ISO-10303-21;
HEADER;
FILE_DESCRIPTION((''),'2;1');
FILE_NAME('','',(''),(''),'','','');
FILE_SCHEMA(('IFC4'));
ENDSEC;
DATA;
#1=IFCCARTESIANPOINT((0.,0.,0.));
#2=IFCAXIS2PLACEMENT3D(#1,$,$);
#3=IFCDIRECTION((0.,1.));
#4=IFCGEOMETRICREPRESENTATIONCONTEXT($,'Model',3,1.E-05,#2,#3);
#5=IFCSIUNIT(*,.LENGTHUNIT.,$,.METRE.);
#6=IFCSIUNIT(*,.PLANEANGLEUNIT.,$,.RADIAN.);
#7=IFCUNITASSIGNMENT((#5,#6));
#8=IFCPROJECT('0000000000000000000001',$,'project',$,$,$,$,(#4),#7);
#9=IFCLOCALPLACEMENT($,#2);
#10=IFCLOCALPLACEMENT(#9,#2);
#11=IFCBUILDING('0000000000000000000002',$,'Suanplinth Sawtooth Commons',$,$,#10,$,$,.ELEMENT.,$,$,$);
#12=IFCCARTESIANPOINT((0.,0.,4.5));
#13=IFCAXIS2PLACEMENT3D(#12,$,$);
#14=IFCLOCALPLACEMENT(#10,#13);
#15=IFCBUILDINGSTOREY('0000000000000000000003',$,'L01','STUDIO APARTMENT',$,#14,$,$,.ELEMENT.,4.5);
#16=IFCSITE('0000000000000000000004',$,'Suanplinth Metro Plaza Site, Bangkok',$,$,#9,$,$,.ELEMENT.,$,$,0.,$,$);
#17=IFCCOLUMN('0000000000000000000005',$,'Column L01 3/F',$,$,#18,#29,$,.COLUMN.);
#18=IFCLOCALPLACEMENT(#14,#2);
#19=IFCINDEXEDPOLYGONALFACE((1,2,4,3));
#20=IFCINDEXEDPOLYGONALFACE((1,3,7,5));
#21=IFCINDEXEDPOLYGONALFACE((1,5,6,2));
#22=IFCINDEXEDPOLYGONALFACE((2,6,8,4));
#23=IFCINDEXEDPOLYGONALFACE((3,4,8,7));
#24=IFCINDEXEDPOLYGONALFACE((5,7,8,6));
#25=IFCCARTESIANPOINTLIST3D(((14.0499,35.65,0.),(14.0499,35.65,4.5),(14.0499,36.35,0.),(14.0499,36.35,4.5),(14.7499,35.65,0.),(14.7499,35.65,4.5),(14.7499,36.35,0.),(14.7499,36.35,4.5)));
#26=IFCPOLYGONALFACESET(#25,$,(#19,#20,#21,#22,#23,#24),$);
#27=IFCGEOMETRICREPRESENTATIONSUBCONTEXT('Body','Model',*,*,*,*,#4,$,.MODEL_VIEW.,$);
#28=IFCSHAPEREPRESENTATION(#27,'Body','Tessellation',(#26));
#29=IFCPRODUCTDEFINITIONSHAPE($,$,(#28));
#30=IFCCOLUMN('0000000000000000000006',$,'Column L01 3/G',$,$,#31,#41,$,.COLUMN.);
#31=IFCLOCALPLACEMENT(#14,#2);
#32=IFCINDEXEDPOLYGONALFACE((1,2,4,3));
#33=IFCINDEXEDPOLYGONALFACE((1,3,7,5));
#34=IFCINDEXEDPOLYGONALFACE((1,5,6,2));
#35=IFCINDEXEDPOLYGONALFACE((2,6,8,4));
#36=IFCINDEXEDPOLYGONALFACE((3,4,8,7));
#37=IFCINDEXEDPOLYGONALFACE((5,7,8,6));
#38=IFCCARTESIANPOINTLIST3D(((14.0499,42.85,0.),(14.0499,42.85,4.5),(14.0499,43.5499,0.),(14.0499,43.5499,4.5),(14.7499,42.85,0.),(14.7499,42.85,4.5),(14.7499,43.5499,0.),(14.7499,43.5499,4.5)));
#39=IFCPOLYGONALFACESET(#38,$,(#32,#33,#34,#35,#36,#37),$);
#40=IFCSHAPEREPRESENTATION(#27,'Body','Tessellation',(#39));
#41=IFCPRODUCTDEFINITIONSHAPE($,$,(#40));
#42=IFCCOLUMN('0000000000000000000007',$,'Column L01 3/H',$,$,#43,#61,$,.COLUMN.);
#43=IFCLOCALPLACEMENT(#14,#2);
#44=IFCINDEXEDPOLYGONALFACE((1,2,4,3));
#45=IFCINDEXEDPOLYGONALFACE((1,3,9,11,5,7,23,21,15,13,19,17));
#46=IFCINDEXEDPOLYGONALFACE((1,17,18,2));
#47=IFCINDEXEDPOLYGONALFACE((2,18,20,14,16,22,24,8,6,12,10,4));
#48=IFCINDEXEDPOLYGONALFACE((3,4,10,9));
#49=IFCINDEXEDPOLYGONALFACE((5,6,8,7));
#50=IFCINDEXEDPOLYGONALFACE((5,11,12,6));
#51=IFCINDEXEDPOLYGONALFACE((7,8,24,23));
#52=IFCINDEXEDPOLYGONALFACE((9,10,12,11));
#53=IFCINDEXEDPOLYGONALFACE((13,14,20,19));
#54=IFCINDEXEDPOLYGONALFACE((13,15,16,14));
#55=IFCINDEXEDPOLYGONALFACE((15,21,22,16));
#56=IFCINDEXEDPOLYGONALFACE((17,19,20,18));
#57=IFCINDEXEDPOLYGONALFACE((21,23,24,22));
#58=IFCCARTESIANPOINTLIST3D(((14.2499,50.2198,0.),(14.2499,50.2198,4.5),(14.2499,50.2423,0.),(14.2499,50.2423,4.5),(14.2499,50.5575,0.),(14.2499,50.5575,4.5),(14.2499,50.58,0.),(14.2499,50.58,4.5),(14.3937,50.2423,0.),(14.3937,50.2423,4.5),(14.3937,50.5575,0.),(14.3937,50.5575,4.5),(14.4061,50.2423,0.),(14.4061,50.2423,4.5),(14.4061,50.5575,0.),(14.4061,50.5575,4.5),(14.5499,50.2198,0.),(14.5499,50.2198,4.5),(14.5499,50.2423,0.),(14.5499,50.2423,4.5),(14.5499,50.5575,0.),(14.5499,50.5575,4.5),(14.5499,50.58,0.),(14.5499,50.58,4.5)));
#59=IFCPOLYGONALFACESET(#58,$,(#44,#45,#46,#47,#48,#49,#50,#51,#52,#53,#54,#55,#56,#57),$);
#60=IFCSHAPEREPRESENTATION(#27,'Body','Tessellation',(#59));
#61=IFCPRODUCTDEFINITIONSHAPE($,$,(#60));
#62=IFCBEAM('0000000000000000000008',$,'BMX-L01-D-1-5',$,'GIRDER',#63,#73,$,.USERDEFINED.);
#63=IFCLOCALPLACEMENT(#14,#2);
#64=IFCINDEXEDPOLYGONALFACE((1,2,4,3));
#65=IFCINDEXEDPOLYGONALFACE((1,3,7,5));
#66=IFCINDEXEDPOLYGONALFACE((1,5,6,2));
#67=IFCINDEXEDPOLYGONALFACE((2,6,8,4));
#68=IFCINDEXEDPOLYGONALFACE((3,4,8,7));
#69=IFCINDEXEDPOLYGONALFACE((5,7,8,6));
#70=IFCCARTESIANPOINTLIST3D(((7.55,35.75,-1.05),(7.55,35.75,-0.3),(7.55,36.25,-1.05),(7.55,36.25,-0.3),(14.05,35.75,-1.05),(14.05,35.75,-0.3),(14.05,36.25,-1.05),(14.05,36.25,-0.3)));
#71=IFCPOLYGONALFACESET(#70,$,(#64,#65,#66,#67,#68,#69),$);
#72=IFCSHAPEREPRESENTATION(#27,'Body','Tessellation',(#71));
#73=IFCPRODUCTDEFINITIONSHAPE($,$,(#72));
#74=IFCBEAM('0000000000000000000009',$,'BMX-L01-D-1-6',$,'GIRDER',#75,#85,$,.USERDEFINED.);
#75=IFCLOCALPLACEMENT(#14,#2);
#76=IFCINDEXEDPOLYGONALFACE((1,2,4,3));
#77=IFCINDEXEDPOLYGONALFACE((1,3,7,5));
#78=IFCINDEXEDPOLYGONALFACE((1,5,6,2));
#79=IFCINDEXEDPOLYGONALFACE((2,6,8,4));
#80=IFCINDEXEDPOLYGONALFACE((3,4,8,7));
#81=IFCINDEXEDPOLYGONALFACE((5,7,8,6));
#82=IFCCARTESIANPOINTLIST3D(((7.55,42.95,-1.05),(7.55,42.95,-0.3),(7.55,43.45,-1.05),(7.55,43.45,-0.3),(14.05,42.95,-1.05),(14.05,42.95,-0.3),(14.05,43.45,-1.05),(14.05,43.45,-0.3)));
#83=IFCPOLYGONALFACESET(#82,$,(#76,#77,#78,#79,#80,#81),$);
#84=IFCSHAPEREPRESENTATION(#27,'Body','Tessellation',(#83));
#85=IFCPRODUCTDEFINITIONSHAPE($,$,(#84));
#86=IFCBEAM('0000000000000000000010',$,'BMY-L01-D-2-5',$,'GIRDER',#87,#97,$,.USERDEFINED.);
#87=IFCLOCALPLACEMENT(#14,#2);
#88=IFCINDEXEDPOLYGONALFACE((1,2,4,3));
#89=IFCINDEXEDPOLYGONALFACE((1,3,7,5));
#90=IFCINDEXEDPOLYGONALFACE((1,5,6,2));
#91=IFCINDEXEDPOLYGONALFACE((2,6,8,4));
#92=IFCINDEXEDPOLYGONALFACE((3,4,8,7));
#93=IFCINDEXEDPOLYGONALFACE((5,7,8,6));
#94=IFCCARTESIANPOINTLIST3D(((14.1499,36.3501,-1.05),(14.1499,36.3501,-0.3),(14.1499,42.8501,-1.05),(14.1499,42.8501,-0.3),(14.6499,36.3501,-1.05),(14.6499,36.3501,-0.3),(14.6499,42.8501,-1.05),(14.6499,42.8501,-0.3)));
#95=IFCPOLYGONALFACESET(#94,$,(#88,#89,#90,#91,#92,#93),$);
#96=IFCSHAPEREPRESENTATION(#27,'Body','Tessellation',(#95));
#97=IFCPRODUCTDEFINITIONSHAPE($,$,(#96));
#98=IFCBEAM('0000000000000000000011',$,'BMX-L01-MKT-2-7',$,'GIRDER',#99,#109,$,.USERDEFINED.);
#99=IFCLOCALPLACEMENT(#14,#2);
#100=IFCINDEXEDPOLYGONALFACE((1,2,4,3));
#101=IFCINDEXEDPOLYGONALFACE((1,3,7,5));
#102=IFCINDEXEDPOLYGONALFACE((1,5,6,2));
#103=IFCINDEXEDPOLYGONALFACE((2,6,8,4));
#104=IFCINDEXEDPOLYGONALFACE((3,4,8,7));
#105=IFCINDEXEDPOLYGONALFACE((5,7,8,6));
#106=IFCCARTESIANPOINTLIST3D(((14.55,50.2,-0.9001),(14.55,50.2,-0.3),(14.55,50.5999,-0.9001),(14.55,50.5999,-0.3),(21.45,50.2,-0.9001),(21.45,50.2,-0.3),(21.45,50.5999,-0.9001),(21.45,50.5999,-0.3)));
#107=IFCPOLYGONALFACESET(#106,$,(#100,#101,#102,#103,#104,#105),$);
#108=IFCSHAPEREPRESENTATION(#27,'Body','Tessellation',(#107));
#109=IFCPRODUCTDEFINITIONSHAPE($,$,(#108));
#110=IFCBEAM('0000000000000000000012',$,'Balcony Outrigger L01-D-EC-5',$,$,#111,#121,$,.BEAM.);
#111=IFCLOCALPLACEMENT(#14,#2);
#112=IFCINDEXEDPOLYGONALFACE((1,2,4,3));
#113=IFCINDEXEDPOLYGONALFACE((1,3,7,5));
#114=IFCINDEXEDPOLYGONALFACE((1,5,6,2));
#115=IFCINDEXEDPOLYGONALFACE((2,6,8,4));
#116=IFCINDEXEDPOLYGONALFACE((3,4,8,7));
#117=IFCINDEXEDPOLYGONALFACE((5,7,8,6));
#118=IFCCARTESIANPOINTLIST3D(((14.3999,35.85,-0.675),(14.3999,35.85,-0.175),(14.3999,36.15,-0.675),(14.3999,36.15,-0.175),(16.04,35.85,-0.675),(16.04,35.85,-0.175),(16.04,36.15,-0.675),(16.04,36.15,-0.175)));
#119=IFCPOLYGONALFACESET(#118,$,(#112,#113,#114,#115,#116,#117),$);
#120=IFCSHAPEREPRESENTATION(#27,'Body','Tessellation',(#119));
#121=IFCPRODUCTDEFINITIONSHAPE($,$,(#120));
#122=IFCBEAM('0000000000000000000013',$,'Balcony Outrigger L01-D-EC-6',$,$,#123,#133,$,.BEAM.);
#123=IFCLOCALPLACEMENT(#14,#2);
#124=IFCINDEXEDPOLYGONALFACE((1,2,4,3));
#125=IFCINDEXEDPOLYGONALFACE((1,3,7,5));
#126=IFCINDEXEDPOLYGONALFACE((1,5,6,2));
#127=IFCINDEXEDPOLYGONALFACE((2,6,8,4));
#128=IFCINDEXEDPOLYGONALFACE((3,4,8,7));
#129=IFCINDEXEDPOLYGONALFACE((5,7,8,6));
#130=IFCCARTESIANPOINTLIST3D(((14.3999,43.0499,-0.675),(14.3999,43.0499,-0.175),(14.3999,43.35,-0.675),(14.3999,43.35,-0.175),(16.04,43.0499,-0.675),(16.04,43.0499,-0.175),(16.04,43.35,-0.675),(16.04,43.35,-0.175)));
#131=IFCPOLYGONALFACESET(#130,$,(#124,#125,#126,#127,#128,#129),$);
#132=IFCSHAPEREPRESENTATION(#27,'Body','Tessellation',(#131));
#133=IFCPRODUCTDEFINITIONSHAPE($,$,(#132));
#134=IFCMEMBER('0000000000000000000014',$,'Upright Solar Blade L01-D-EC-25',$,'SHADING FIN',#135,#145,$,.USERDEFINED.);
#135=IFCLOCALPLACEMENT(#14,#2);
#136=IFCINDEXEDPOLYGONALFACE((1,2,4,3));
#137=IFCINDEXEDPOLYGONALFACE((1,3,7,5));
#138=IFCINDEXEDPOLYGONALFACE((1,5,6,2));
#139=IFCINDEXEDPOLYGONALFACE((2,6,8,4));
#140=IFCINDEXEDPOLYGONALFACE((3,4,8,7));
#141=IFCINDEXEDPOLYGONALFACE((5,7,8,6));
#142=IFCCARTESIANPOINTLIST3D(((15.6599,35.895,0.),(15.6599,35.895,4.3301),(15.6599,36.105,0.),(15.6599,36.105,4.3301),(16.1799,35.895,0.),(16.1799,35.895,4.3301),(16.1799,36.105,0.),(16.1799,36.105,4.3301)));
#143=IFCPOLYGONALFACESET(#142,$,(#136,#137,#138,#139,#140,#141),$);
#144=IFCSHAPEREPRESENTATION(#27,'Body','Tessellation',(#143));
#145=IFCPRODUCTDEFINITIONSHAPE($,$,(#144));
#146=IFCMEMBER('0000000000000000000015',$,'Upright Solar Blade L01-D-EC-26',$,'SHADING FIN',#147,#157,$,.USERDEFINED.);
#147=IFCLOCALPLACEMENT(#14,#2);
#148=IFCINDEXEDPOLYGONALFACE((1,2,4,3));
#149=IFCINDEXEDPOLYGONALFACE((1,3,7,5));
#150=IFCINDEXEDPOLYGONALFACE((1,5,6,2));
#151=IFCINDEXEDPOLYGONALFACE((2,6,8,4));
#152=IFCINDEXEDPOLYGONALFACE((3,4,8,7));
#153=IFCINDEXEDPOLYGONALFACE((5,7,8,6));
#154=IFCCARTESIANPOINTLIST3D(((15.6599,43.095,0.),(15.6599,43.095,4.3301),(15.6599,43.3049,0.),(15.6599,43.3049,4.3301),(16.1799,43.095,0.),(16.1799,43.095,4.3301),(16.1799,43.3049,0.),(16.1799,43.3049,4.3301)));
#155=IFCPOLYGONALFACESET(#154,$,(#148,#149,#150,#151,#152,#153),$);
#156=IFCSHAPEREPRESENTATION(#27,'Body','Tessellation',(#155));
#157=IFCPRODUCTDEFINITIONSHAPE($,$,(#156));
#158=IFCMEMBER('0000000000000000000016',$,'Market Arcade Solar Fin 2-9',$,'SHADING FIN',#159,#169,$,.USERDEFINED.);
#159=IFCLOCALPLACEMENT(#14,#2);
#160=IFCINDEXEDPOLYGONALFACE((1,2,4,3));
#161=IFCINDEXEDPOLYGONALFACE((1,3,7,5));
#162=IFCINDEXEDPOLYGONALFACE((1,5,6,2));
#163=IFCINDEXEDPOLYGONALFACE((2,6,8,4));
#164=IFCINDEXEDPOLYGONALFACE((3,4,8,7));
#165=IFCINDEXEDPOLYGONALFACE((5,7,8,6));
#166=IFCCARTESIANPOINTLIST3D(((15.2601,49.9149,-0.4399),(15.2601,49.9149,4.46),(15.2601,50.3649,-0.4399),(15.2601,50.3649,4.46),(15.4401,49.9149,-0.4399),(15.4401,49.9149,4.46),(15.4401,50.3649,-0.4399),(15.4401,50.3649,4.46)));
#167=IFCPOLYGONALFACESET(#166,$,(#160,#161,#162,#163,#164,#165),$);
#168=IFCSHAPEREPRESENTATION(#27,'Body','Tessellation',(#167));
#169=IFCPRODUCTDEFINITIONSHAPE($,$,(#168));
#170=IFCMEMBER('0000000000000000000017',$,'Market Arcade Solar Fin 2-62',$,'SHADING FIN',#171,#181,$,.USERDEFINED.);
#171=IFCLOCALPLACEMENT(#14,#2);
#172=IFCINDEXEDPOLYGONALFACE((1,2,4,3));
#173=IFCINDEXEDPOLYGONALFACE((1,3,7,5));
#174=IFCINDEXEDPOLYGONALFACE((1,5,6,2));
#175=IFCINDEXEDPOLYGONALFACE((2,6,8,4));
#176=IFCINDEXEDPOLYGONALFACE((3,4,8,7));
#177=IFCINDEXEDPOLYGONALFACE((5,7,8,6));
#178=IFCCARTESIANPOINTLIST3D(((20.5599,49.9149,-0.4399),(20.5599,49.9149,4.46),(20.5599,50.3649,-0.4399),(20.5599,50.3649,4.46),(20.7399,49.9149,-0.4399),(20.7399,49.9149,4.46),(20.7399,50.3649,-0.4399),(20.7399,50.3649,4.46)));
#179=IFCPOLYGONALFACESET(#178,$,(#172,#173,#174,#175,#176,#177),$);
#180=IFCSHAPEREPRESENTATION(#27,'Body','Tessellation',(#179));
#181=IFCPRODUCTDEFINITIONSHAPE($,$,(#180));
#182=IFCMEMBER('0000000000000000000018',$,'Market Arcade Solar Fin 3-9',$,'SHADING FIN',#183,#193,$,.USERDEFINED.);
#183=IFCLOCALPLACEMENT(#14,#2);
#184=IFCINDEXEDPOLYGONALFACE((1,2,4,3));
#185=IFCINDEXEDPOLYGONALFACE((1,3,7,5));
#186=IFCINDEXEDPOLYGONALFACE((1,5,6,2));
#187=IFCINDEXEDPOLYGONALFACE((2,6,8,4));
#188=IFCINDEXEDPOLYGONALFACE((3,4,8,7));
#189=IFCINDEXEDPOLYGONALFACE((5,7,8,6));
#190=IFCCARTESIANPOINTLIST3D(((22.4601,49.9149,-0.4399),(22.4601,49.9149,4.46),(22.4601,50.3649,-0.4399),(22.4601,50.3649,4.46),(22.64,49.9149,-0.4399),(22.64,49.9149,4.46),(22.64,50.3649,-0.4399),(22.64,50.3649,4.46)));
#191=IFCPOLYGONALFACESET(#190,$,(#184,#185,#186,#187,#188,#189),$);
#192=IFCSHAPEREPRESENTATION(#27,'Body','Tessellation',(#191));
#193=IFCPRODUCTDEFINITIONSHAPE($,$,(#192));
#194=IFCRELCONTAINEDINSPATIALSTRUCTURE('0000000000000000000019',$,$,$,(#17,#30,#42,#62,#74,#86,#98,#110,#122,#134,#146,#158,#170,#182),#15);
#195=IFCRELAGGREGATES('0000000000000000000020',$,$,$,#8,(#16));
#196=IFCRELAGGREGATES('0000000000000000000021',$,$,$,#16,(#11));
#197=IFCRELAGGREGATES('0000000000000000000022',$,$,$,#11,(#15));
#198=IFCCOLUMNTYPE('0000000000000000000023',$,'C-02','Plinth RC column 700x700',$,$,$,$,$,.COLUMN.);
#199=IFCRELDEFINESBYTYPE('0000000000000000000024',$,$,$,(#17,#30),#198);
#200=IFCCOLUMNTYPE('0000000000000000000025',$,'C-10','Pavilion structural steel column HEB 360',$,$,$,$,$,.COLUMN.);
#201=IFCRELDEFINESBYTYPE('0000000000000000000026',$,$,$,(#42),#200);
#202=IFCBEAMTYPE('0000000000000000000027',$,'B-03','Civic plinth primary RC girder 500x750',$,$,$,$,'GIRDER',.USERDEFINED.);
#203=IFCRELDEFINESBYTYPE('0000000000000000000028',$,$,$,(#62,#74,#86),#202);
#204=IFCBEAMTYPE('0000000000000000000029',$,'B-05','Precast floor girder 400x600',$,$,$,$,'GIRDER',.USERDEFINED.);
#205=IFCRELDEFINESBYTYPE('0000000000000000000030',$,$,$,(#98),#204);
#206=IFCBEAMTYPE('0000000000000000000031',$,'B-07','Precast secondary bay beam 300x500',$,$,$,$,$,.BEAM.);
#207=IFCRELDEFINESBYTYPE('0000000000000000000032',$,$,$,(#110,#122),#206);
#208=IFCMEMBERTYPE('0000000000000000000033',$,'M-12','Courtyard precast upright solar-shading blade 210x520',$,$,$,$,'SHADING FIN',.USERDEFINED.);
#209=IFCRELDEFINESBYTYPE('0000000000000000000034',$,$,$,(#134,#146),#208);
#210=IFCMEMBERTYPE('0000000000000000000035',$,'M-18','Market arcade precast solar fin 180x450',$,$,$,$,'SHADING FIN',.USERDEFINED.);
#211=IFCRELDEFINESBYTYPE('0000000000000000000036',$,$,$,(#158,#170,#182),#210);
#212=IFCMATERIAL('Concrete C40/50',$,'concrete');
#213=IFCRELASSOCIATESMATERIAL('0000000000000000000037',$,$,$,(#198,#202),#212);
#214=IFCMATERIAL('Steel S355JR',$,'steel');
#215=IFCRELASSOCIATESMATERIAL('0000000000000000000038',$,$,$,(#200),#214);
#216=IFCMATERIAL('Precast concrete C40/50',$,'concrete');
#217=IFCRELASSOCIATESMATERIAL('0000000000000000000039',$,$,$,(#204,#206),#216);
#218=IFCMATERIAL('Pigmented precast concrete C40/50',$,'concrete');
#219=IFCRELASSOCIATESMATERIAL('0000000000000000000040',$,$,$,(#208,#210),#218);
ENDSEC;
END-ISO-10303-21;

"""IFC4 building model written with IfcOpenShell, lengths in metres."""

from ifc_helpers import new_model, si_unit, direction, frame, origin, origin_2d, place, context, subcontext, project, spatial, rectangle, i_section, extrude, material, material_profile, profile_set, type_object, element, save


model = new_model("IFC4")

# Units and contexts
model_context = context("Model", 3, precision=1e-05, world=origin(), true_north=direction((0.0, 1.0)))
body_context = subcontext(model_context, "Body", "Model", "MODEL_VIEW")
ifc_project = project(units=[si_unit("LENGTHUNIT", "METRE"), si_unit("PLANEANGLEUNIT", "RADIAN")], contexts=[model_context])

# Site, building, storey
site_placement = place(None, origin())
site = spatial("IfcSite", under=ifc_project, at=site_placement, Name="Suanplinth Metro Plaza Site, Bangkok", CompositionType="ELEMENT", RefElevation=0.0)
building_placement = place(site_placement, origin())
building = spatial("IfcBuilding", under=site, at=building_placement, Name="Suanplinth Sawtooth Commons", CompositionType="ELEMENT")
storey_placement = place(building_placement, frame((0.0, 0.0, 4.5)))
storey = spatial("IfcBuildingStorey", under=building, at=storey_placement, Name="L01", Description="STUDIO APARTMENT", CompositionType="ELEMENT", Elevation=4.5)

# Columns
ifc_material_1 = material(Name="Concrete C40/50", Category="concrete")
ifc_material_profile_1 = material_profile(ifc_material_1, rectangle(XDim=0.7, YDim=0.7, at=origin_2d()), Name="RC-COL 700x700")
ifc_profile_set_1 = profile_set([ifc_material_profile_1], Name="Concrete C40/50")
column_type_1 = type_object("IfcColumnType", Name="C-02", Description="Plinth RC column 700x700", PredefinedType="COLUMN", material=ifc_profile_set_1)
for number, where, z_axis, x_axis, name in (
    (1, (14.3999, 36.0, 0.0), (0.0, 0.0, 1.0), (1.0, 0.0, 0.0), "Column L01 3/F"),
    (2, (14.3999, 43.2, 0.0), (0.0, 0.0, 1.0), (1.0, 0.0, 0.0), "Column L01 3/G"),
):
    element("IfcColumn", number, at=place(storey_placement, frame(where, z_axis=z_axis, x_axis=x_axis)), inside=storey, type_object=column_type_1, Name=name, PredefinedType="COLUMN", context=body_context, shape_type="SweptSolid", body=[
        extrude(rectangle(XDim=0.7, YDim=0.7, at=origin_2d()), origin(), (0.0, 0.0, 1.0), 4.5),
    ])
ifc_material_2 = material(Name="Steel S355JR", Category="steel")
ifc_material_profile_2 = material_profile(ifc_material_2, i_section(OverallWidth=0.3, OverallDepth=0.3601, WebThickness=0.0125, FlangeThickness=0.0225, at=origin_2d()), Name="HEB 360")
ifc_profile_set_2 = profile_set([ifc_material_profile_2], Name="Steel S355JR")
column_type_2 = type_object("IfcColumnType", Name="C-10", Description="Pavilion structural steel column HEB 360", PredefinedType="COLUMN", material=ifc_profile_set_2)
column_placement = place(storey_placement, frame((14.3999, 50.3999, 0.0), z_axis=(0.0, 0.0, 1.0), x_axis=(1.0, 0.0, 0.0)))
element("IfcColumn", 3, at=column_placement, inside=storey, type_object=column_type_2, Name="Column L01 3/H", PredefinedType="COLUMN", context=body_context, shape_type="SweptSolid", body=[
    extrude(i_section(OverallWidth=0.3, OverallDepth=0.3601, WebThickness=0.0125, FlangeThickness=0.0225, at=origin_2d()), origin(), (0.0, 0.0, 1.0), 4.5),
])

# Beams
ifc_material_profile_3 = material_profile(ifc_material_1, rectangle(XDim=0.5, YDim=0.75, at=origin_2d()), Name="RC-GDR 500x750")
ifc_profile_set_3 = profile_set([ifc_material_profile_3], Name="Concrete C40/50")
beam_type_1 = type_object("IfcBeamType", Name="B-03", Description="Civic plinth primary RC girder 500x750", ElementType="GIRDER", PredefinedType="USERDEFINED", material=ifc_profile_set_3)
for number, where, z_axis, x_axis, name in (
    (4, (7.55, 36.0, -0.675), (1.0, 0.0, 0.0), (0.0, 1.0, 0.0), "BMX-L01-D-1-5"),
    (5, (7.55, 43.2, -0.675), (1.0, 0.0, 0.0), (0.0, 1.0, 0.0), "BMX-L01-D-1-6"),
    (6, (14.3999, 36.3501, -0.675), (0.0, 1.0, 0.0), (-1.0, 0.0, 0.0), "BMY-L01-D-2-5"),
):
    element("IfcBeam", number, at=place(storey_placement, frame(where, z_axis=z_axis, x_axis=x_axis)), inside=storey, type_object=beam_type_1, Name=name, ObjectType="GIRDER", PredefinedType="USERDEFINED", context=body_context, shape_type="SweptSolid", body=[
        extrude(rectangle(XDim=0.5, YDim=0.75, at=origin_2d()), origin(), (0.0, 0.0, 1.0), 6.5),
    ])
ifc_material_3 = material(Name="Precast concrete C40/50", Category="concrete")
ifc_material_profile_4 = material_profile(ifc_material_3, rectangle(XDim=0.3999, YDim=0.6001, at=origin_2d()), Name="PC-GDR 400x600")
ifc_profile_set_4 = profile_set([ifc_material_profile_4], Name="Precast concrete C40/50")
beam_type_2 = type_object("IfcBeamType", Name="B-05", Description="Precast floor girder 400x600", ElementType="GIRDER", PredefinedType="USERDEFINED", material=ifc_profile_set_4)
beam_placement = place(storey_placement, frame((14.55, 50.3999, -0.6001), z_axis=(1.0, 0.0, 0.0), x_axis=(0.0, 1.0, 0.0)))
element("IfcBeam", 7, at=beam_placement, inside=storey, type_object=beam_type_2, Name="BMX-L01-MKT-2-7", ObjectType="GIRDER", PredefinedType="USERDEFINED", context=body_context, shape_type="SweptSolid", body=[
    extrude(rectangle(XDim=0.3999, YDim=0.6001, at=origin_2d()), origin(), (0.0, 0.0, 1.0), 6.8999),
])
ifc_material_profile_5 = material_profile(ifc_material_3, rectangle(XDim=0.3, YDim=0.5, at=origin_2d()), Name="PC-BM 300x500")
ifc_profile_set_5 = profile_set([ifc_material_profile_5], Name="Precast concrete C40/50")
beam_type_3 = type_object("IfcBeamType", Name="B-07", Description="Precast secondary bay beam 300x500", PredefinedType="BEAM", material=ifc_profile_set_5)
for number, where, z_axis, x_axis, name in (
    (8, (14.3999, 36.0, -0.425), (1.0, 0.0, 0.0), (0.0, 1.0, 0.0), "Balcony Outrigger L01-D-EC-5"),
    (9, (14.3999, 43.2, -0.425), (1.0, 0.0, 0.0), (0.0, 1.0, 0.0), "Balcony Outrigger L01-D-EC-6"),
):
    element("IfcBeam", number, at=place(storey_placement, frame(where, z_axis=z_axis, x_axis=x_axis)), inside=storey, type_object=beam_type_3, Name=name, PredefinedType="BEAM", context=body_context, shape_type="SweptSolid", body=[
        extrude(rectangle(XDim=0.3, YDim=0.5, at=origin_2d()), origin(), (0.0, 0.0, 1.0), 1.6401),
    ])

# Members
ifc_material_4 = material(Name="Pigmented precast concrete C40/50", Category="concrete")
ifc_material_profile_6 = material_profile(ifc_material_4, rectangle(XDim=0.21, YDim=0.52, at=origin_2d()), Name="PC-FIN 210x520")
ifc_profile_set_6 = profile_set([ifc_material_profile_6], Name="Pigmented precast concrete C40/50")
member_type_1 = type_object("IfcMemberType", Name="M-12", Description="Courtyard precast upright solar-shading blade 210x520", ElementType="SHADING FIN", PredefinedType="USERDEFINED", material=ifc_profile_set_6)
for number, where, z_axis, x_axis, name in (
    (10, (15.9199, 36.0, 0.0), (0.0, 0.0, 1.0), (0.0, 1.0, 0.0), "Upright Solar Blade L01-D-EC-25"),
    (11, (15.9199, 43.2, 0.0), (0.0, 0.0, 1.0), (0.0, 1.0, 0.0), "Upright Solar Blade L01-D-EC-26"),
):
    element("IfcMember", number, at=place(storey_placement, frame(where, z_axis=z_axis, x_axis=x_axis)), inside=storey, type_object=member_type_1, Name=name, ObjectType="SHADING FIN", PredefinedType="USERDEFINED", context=body_context, shape_type="SweptSolid", body=[
        extrude(rectangle(XDim=0.21, YDim=0.52, at=origin_2d()), origin(), (0.0, 0.0, 1.0), 4.3301),
    ])
ifc_material_profile_7 = material_profile(ifc_material_4, rectangle(XDim=0.1799, YDim=0.45, at=origin_2d()), Name="PC-FIN 180x450")
ifc_profile_set_7 = profile_set([ifc_material_profile_7], Name="Pigmented precast concrete C40/50")
member_type_2 = type_object("IfcMemberType", Name="M-18", Description="Market arcade precast solar fin 180x450", ElementType="SHADING FIN", PredefinedType="USERDEFINED", material=ifc_profile_set_7)
for number, where, z_axis, x_axis, name in (
    (12, (15.3501, 50.1399, -0.4399), (0.0, 0.0, 1.0), (1.0, 0.0, 0.0), "Market Arcade Solar Fin 2-9"),
    (13, (20.6499, 50.1399, -0.4399), (0.0, 0.0, 1.0), (1.0, 0.0, 0.0), "Market Arcade Solar Fin 2-62"),
    (14, (22.55, 50.1399, -0.4399), (0.0, 0.0, 1.0), (1.0, 0.0, 0.0), "Market Arcade Solar Fin 3-9"),
):
    element("IfcMember", number, at=place(storey_placement, frame(where, z_axis=z_axis, x_axis=x_axis)), inside=storey, type_object=member_type_2, Name=name, ObjectType="SHADING FIN", PredefinedType="USERDEFINED", context=body_context, shape_type="SweptSolid", body=[
        extrude(rectangle(XDim=0.1799, YDim=0.45, at=origin_2d()), origin(), (0.0, 0.0, 1.0), 4.8999),
    ])

save(model, "model.ifc")
